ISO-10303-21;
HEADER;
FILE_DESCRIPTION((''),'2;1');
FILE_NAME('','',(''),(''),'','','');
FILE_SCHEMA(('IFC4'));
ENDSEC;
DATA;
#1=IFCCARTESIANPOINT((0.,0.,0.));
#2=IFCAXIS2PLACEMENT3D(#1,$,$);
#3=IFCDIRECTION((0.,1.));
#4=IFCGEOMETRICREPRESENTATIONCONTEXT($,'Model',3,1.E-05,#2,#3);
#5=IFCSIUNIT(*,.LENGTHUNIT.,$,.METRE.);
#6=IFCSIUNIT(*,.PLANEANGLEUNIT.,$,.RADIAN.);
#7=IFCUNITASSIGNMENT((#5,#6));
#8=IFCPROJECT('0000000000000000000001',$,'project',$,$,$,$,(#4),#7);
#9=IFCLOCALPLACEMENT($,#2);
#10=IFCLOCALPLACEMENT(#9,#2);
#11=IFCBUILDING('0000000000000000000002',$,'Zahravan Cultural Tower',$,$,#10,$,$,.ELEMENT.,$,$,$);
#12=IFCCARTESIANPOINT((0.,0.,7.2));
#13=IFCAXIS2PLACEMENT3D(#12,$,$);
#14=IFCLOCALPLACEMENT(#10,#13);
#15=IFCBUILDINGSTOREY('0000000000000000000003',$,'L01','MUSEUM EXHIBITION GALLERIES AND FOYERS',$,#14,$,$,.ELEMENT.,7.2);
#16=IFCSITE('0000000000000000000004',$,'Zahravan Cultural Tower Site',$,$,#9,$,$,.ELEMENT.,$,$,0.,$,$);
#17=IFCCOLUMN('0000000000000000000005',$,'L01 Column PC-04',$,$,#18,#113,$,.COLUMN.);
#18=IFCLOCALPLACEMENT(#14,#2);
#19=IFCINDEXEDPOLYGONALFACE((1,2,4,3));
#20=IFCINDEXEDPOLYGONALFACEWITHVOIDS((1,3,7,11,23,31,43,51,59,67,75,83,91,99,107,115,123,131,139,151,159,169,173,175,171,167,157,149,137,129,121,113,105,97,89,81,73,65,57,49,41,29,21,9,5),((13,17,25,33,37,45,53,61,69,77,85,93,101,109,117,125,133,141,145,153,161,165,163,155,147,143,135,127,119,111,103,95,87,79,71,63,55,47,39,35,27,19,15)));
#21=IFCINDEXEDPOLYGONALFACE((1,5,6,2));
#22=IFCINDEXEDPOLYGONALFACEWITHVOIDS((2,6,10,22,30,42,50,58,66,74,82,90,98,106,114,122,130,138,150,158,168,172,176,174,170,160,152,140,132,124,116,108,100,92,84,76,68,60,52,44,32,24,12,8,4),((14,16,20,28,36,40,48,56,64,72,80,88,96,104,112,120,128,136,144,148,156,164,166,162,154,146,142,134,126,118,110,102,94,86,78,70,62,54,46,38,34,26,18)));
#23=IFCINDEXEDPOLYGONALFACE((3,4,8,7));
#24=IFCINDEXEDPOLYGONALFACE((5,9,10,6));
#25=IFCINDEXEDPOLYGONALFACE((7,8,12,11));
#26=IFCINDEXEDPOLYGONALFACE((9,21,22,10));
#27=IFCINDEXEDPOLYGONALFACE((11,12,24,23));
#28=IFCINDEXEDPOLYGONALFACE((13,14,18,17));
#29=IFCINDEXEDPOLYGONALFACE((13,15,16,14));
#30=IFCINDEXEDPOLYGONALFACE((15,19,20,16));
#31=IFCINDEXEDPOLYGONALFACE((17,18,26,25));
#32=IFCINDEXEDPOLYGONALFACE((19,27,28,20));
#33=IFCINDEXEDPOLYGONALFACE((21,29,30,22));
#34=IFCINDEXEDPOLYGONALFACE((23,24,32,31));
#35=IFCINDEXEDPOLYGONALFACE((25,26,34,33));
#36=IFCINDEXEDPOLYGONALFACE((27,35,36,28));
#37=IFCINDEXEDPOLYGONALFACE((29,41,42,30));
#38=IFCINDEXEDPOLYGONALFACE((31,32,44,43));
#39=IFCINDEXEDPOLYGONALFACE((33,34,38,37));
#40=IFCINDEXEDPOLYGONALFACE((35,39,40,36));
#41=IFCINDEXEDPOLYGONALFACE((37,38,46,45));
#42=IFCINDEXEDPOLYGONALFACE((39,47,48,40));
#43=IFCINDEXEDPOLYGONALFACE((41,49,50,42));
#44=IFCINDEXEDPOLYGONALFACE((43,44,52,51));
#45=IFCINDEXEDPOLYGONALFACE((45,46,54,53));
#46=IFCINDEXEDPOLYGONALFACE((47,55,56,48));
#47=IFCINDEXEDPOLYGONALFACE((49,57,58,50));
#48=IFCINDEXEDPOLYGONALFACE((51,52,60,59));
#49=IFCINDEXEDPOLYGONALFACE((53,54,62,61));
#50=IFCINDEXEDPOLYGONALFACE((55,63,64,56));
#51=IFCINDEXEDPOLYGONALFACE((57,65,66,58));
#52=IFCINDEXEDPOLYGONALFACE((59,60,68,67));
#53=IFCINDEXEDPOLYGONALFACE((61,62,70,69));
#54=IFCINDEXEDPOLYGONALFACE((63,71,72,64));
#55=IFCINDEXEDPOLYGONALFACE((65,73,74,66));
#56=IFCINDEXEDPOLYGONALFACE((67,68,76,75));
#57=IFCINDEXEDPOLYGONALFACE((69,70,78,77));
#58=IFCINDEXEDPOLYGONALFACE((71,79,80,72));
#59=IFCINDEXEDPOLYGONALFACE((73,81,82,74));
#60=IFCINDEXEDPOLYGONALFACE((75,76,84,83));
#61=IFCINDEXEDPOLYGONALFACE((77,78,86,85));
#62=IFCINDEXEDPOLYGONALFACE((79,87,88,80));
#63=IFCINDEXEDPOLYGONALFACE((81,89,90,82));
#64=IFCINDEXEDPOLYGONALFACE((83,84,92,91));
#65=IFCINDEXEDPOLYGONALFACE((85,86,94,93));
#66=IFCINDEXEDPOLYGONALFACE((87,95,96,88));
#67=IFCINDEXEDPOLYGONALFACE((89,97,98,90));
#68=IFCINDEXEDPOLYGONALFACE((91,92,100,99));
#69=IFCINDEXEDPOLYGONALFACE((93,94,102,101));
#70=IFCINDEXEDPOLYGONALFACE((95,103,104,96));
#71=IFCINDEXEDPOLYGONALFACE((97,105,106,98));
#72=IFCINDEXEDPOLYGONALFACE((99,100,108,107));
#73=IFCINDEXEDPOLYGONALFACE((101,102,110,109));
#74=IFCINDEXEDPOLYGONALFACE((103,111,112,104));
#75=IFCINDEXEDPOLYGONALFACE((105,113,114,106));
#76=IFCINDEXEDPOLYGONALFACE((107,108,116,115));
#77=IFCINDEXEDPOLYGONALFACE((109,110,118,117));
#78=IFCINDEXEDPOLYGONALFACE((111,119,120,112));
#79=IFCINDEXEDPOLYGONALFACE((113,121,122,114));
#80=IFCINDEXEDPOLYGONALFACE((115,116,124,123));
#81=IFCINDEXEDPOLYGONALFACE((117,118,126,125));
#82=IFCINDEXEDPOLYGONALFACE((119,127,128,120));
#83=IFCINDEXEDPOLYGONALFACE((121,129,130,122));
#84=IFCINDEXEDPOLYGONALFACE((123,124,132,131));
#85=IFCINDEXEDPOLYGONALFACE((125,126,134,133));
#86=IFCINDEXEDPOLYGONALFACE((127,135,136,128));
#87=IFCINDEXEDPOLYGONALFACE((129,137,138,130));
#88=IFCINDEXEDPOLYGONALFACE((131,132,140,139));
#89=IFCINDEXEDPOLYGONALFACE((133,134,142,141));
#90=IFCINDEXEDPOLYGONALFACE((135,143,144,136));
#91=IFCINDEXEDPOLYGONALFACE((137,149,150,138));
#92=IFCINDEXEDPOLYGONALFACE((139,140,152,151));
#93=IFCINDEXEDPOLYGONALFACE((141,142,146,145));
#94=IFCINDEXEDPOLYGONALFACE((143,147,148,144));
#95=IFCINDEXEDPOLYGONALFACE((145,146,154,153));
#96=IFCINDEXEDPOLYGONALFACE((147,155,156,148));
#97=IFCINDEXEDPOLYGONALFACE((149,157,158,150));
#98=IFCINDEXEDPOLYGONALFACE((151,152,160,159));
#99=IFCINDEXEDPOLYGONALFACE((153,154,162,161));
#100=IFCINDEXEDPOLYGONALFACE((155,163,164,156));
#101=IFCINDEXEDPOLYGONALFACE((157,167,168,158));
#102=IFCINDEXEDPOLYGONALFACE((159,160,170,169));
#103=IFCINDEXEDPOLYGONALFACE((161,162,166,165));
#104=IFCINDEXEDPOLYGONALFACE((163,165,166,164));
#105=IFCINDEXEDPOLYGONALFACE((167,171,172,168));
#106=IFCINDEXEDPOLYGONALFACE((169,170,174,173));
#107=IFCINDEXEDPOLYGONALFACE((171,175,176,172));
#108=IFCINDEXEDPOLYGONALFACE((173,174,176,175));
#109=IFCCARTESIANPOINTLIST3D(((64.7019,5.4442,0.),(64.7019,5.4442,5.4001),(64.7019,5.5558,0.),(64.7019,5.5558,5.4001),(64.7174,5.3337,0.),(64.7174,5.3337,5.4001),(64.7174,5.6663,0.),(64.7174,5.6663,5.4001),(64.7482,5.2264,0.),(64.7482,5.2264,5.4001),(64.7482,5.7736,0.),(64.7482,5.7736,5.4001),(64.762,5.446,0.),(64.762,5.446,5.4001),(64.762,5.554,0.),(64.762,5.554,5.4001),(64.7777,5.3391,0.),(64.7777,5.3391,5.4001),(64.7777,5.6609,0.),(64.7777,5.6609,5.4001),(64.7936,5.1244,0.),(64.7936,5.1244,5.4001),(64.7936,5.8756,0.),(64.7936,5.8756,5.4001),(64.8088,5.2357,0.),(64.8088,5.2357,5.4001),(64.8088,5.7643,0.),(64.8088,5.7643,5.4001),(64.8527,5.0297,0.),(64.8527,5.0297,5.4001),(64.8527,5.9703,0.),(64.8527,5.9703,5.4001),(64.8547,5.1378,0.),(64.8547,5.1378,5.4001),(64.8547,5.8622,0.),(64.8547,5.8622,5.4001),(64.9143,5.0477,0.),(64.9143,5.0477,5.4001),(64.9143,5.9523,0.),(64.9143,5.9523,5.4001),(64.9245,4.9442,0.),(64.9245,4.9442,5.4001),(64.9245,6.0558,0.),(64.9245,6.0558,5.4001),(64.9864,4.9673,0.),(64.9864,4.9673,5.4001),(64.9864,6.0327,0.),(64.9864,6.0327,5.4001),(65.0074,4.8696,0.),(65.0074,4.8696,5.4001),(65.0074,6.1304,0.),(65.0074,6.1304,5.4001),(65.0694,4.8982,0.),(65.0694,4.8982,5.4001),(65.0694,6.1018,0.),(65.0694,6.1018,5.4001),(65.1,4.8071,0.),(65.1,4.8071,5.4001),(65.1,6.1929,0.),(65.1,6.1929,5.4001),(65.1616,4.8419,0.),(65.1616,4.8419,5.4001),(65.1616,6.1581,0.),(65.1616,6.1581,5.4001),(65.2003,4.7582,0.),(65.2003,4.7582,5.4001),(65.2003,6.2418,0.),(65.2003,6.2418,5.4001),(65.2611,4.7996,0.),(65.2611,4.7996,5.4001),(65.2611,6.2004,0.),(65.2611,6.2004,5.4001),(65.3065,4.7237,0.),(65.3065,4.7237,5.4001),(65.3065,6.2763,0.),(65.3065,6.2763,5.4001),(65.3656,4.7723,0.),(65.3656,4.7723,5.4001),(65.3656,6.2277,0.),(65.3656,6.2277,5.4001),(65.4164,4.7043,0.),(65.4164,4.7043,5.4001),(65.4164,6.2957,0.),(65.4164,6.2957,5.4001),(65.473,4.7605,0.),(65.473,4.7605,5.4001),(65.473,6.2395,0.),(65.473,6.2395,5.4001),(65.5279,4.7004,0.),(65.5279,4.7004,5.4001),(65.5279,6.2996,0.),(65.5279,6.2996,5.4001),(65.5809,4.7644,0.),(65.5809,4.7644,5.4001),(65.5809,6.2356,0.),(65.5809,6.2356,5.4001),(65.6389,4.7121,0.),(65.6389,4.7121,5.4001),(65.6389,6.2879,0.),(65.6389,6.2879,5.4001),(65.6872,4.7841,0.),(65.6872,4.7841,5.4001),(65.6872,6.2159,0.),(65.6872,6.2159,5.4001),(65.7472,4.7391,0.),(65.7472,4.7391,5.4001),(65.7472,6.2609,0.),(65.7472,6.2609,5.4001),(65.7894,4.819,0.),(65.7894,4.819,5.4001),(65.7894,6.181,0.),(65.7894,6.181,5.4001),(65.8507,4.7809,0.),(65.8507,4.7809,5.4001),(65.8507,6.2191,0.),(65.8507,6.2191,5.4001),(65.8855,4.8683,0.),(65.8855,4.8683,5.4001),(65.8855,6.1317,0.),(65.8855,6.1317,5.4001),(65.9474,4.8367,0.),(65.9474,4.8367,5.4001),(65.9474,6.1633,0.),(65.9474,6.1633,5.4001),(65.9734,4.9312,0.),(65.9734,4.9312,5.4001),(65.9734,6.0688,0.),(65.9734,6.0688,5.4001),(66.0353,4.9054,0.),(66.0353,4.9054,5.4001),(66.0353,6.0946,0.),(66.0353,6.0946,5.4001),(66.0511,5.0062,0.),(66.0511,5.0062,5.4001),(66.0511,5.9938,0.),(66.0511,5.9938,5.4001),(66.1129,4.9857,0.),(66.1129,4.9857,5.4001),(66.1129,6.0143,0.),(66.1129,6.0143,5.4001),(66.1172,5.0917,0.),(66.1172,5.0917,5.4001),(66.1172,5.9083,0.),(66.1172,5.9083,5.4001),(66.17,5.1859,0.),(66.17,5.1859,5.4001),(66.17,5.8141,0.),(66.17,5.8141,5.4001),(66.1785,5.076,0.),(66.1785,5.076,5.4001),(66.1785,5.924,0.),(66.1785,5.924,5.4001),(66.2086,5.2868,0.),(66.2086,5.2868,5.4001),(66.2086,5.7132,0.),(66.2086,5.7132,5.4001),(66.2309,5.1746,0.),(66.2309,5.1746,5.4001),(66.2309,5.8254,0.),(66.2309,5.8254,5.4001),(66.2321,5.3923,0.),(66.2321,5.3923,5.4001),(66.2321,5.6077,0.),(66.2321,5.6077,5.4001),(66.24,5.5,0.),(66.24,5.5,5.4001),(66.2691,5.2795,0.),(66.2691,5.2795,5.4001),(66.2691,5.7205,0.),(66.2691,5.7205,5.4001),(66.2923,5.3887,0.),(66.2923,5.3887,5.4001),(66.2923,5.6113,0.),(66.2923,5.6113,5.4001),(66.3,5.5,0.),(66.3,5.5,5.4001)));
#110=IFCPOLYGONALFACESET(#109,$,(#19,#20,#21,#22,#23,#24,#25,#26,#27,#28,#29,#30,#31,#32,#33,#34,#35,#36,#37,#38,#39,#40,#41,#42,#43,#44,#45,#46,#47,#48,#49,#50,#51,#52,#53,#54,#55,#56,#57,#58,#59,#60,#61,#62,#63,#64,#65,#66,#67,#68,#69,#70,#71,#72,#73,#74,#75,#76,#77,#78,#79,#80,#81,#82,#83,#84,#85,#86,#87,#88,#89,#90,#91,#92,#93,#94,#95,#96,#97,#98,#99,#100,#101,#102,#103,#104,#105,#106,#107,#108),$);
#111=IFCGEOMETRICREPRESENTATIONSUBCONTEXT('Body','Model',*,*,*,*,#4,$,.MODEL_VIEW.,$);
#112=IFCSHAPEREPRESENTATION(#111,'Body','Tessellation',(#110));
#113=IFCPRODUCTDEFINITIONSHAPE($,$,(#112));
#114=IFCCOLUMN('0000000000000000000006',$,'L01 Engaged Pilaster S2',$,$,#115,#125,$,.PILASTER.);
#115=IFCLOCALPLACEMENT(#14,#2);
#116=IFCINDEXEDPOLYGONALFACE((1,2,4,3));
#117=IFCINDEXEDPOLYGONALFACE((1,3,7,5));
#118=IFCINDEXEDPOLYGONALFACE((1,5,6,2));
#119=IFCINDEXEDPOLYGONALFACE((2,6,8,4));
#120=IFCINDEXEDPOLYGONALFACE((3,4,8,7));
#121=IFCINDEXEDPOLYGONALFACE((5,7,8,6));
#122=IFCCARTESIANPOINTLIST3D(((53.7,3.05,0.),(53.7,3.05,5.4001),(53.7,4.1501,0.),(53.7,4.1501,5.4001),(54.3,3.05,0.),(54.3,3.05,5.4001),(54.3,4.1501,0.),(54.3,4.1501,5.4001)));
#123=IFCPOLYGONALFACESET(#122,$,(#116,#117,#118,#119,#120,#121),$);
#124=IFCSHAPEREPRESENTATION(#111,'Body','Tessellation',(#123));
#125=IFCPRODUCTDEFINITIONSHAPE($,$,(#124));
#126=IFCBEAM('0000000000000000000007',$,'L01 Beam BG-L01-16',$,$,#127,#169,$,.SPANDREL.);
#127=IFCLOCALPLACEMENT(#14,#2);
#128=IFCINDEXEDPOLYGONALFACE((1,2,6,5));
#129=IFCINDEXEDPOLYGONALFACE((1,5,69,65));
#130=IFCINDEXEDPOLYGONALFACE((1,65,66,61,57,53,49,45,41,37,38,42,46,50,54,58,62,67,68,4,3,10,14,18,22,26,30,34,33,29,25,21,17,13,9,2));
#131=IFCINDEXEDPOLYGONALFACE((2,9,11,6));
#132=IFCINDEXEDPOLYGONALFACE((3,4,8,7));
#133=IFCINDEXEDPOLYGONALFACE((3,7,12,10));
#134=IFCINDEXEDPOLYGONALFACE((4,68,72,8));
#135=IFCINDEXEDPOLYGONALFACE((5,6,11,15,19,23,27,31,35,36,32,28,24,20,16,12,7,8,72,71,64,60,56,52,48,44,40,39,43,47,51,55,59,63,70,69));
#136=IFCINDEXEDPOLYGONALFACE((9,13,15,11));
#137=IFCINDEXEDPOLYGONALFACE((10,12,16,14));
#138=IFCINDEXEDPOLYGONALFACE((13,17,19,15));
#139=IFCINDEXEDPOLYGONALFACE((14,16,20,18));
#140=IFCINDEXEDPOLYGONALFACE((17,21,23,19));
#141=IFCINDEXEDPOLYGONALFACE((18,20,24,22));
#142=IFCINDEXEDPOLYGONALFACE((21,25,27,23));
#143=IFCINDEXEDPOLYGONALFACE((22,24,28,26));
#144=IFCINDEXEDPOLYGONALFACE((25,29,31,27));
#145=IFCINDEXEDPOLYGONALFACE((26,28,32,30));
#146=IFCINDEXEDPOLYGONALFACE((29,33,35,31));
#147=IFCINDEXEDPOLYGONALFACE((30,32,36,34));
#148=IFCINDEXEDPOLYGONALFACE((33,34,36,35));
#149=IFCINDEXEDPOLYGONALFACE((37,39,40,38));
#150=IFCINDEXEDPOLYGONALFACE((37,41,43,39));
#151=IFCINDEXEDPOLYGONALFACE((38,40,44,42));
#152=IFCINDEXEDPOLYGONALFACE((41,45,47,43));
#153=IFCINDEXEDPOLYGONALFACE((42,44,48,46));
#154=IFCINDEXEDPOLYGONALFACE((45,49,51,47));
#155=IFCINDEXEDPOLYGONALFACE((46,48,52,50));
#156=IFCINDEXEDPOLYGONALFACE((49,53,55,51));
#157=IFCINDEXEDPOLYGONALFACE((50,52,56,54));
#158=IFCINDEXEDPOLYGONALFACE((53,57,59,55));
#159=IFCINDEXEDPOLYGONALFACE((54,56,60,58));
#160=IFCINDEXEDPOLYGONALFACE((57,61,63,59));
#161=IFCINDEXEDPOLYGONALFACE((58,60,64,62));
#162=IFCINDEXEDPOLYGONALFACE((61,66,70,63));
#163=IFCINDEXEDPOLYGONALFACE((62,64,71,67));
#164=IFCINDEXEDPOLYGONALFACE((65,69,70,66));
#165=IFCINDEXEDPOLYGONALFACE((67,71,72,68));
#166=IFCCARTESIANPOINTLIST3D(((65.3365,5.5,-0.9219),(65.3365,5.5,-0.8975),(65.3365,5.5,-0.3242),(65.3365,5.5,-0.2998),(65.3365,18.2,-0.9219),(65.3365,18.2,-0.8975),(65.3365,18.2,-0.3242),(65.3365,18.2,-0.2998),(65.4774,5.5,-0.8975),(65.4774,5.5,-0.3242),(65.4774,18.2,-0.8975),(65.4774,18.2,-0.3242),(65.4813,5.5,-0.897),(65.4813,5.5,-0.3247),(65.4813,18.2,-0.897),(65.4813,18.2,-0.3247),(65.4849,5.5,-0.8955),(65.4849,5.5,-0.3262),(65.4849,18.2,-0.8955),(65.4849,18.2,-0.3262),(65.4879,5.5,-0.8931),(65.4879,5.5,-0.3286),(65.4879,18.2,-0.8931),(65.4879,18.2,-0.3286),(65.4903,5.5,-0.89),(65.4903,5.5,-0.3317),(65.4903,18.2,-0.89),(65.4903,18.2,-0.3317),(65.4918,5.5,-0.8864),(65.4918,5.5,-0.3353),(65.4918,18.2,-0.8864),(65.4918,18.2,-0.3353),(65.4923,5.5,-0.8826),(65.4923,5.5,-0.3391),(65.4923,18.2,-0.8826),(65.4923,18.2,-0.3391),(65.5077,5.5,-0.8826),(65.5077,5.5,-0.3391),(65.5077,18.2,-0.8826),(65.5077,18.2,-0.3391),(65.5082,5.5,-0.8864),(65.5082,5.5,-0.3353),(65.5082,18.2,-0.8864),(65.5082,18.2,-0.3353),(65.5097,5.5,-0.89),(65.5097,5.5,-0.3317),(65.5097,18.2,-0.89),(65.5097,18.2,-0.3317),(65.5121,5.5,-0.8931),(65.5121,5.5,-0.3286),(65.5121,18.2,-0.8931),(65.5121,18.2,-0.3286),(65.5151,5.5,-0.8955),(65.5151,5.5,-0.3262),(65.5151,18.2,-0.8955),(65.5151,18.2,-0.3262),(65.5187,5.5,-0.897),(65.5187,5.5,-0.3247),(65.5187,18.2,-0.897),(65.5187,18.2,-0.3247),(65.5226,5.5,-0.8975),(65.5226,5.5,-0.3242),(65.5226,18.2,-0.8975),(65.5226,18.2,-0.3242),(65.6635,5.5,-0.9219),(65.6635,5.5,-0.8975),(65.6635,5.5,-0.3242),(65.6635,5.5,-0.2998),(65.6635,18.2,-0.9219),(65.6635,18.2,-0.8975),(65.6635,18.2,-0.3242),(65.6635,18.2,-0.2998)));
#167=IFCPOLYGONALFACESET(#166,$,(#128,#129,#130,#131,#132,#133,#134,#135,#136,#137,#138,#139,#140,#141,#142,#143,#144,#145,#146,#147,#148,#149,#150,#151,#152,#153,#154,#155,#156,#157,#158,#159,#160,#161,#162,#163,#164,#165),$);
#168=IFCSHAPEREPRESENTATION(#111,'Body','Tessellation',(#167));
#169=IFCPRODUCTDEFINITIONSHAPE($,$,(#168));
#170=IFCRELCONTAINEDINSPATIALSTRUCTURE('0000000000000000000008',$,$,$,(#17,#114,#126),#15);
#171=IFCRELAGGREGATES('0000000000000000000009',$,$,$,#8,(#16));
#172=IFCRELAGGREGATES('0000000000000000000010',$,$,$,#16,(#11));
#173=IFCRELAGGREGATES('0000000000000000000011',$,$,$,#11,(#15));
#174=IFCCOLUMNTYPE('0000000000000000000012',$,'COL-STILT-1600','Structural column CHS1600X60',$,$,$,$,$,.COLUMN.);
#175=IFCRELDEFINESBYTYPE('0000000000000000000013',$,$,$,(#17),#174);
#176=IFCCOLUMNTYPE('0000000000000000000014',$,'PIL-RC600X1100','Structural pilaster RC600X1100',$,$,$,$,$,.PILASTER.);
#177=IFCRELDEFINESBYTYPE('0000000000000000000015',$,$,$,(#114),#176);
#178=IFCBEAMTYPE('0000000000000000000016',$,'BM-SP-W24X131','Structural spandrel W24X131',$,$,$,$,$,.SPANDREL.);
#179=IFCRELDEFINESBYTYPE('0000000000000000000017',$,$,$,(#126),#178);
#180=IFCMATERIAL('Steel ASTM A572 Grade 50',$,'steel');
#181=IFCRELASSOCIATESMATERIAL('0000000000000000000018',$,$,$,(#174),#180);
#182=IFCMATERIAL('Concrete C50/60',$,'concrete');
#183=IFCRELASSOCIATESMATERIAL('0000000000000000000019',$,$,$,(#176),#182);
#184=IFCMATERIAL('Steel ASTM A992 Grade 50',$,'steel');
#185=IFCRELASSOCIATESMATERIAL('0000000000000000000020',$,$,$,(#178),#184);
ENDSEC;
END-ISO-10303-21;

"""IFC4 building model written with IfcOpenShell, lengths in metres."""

from ifc_helpers import new_model, si_unit, direction, frame, origin, origin_2d, place, context, subcontext, project, spatial, rectangle, hollow_circle, i_section, extrude, source, transform, mapped, material, material_profile, profile_set, type_object, element, save


model = new_model("IFC4")

# Units and contexts
model_context = context("Model", 3, precision=1e-05, world=origin(), true_north=direction((0.0, 1.0)))
body_context = subcontext(model_context, "Body", "Model", "MODEL_VIEW")
ifc_project = project(units=[si_unit("LENGTHUNIT", "METRE"), si_unit("PLANEANGLEUNIT", "RADIAN")], contexts=[model_context])

# Site, building, storey
site_placement = place(None, origin())
site = spatial("IfcSite", under=ifc_project, at=site_placement, Name="Zahravan Cultural Tower Site", CompositionType="ELEMENT", RefElevation=0.0)
building_placement = place(site_placement, origin())
building = spatial("IfcBuilding", under=site, at=building_placement, Name="Zahravan Cultural Tower", CompositionType="ELEMENT")
storey_placement = place(building_placement, frame((0.0, 0.0, 7.2)))
storey = spatial("IfcBuildingStorey", under=building, at=storey_placement, Name="L01", Description="MUSEUM EXHIBITION GALLERIES AND FOYERS", CompositionType="ELEMENT", Elevation=7.2)

# Columns
ifc_material_1 = material(Name="Steel ASTM A572 Grade 50", Category="steel")
ifc_material_profile_1 = material_profile(ifc_material_1, hollow_circle(Radius=0.8, WallThickness=0.0601, at=origin_2d()), Name="CHS1600X60")
ifc_profile_set_1 = profile_set([ifc_material_profile_1], Name="Steel ASTM A572 Grade 50")
column_type_1 = type_object("IfcColumnType", Name="COL-STILT-1600", Description="Structural column CHS1600X60", PredefinedType="COLUMN", material=ifc_profile_set_1)
shared_shape_1 = source(origin(), body_context, "Body", "SweptSolid", [
    extrude(hollow_circle(Radius=0.8, WallThickness=0.0601, at=origin_2d()), origin(), (0.0, 0.0, 1.0), 5.4001),
])
column_1_placement = place(storey_placement, frame((65.5, 5.5, 0.0), z_axis=(0.0, 0.0, 1.0), x_axis=(1.0, 0.0, 0.0)))
element("IfcColumn", 1, at=column_1_placement, inside=storey, type_object=column_type_1, Name="L01 Column PC-04", PredefinedType="COLUMN", context=body_context, shape_type="MappedRepresentation", body=[
    mapped(shared_shape_1, transform((0.0, 0.0, 0.0), x_axis=(1.0, 0.0, 0.0), y_axis=(0.0, 1.0, 0.0), z_axis=(0.0, 0.0, 1.0), scale=1.0)),
])
ifc_material_2 = material(Name="Concrete C50/60", Category="concrete")
ifc_material_profile_2 = material_profile(ifc_material_2, rectangle(XDim=0.6001, YDim=1.1001, at=origin_2d()), Name="RC600X1100")
ifc_profile_set_2 = profile_set([ifc_material_profile_2], Name="Concrete C50/60")
column_type_2 = type_object("IfcColumnType", Name="PIL-RC600X1100", Description="Structural pilaster RC600X1100", PredefinedType="PILASTER", material=ifc_profile_set_2)
shared_shape_2 = source(origin(), body_context, "Body", "SweptSolid", [
    extrude(rectangle(XDim=0.6001, YDim=1.1001, at=origin_2d()), origin(), (0.0, 0.0, 1.0), 5.4001),
])
column_2_placement = place(storey_placement, frame((54.0, 3.6001, 0.0), z_axis=(0.0, 0.0, 1.0), x_axis=(1.0, 0.0, 0.0)))
element("IfcColumn", 2, at=column_2_placement, inside=storey, type_object=column_type_2, Name="L01 Engaged Pilaster S2", PredefinedType="PILASTER", context=body_context, shape_type="MappedRepresentation", body=[
    mapped(shared_shape_2, transform((0.0, 0.0, 0.0), x_axis=(1.0, 0.0, 0.0), y_axis=(0.0, 1.0, 0.0), z_axis=(0.0, 0.0, 1.0), scale=1.0)),
])

# Beam
ifc_material_3 = material(Name="Steel ASTM A992 Grade 50", Category="steel")
ifc_material_profile_3 = material_profile(ifc_material_3, i_section(OverallWidth=0.3269, OverallDepth=0.6221, WebThickness=0.0154, FlangeThickness=0.0244, FilletRadius=0.0149, at=origin_2d()), Name="W24X131")
ifc_profile_set_3 = profile_set([ifc_material_profile_3], Name="Steel ASTM A992 Grade 50")
beam_type_1 = type_object("IfcBeamType", Name="BM-SP-W24X131", Description="Structural spandrel W24X131", PredefinedType="SPANDREL", material=ifc_profile_set_3)
shared_shape_3 = source(origin(), body_context, "Body", "SweptSolid", [
    extrude(i_section(OverallWidth=0.3269, OverallDepth=0.6221, WebThickness=0.0154, FlangeThickness=0.0244, FilletRadius=0.0149, at=origin_2d()), origin(), (0.0, 0.0, 1.0), 12.7),
])
beam_1_placement = place(storey_placement, frame((65.5, 5.5, -0.6108), z_axis=(0.0, 1.0, 0.0), x_axis=(-1.0, 0.0, 0.0)))
element("IfcBeam", 3, at=beam_1_placement, inside=storey, type_object=beam_type_1, Name="L01 Beam BG-L01-16", PredefinedType="SPANDREL", context=body_context, shape_type="MappedRepresentation", body=[
    mapped(shared_shape_3, transform((0.0, 0.0, 0.0), x_axis=(1.0, 0.0, 0.0), y_axis=(0.0, 1.0, 0.0), z_axis=(0.0, 0.0, 1.0), scale=1.0)),
])

save(model, "model.ifc")
